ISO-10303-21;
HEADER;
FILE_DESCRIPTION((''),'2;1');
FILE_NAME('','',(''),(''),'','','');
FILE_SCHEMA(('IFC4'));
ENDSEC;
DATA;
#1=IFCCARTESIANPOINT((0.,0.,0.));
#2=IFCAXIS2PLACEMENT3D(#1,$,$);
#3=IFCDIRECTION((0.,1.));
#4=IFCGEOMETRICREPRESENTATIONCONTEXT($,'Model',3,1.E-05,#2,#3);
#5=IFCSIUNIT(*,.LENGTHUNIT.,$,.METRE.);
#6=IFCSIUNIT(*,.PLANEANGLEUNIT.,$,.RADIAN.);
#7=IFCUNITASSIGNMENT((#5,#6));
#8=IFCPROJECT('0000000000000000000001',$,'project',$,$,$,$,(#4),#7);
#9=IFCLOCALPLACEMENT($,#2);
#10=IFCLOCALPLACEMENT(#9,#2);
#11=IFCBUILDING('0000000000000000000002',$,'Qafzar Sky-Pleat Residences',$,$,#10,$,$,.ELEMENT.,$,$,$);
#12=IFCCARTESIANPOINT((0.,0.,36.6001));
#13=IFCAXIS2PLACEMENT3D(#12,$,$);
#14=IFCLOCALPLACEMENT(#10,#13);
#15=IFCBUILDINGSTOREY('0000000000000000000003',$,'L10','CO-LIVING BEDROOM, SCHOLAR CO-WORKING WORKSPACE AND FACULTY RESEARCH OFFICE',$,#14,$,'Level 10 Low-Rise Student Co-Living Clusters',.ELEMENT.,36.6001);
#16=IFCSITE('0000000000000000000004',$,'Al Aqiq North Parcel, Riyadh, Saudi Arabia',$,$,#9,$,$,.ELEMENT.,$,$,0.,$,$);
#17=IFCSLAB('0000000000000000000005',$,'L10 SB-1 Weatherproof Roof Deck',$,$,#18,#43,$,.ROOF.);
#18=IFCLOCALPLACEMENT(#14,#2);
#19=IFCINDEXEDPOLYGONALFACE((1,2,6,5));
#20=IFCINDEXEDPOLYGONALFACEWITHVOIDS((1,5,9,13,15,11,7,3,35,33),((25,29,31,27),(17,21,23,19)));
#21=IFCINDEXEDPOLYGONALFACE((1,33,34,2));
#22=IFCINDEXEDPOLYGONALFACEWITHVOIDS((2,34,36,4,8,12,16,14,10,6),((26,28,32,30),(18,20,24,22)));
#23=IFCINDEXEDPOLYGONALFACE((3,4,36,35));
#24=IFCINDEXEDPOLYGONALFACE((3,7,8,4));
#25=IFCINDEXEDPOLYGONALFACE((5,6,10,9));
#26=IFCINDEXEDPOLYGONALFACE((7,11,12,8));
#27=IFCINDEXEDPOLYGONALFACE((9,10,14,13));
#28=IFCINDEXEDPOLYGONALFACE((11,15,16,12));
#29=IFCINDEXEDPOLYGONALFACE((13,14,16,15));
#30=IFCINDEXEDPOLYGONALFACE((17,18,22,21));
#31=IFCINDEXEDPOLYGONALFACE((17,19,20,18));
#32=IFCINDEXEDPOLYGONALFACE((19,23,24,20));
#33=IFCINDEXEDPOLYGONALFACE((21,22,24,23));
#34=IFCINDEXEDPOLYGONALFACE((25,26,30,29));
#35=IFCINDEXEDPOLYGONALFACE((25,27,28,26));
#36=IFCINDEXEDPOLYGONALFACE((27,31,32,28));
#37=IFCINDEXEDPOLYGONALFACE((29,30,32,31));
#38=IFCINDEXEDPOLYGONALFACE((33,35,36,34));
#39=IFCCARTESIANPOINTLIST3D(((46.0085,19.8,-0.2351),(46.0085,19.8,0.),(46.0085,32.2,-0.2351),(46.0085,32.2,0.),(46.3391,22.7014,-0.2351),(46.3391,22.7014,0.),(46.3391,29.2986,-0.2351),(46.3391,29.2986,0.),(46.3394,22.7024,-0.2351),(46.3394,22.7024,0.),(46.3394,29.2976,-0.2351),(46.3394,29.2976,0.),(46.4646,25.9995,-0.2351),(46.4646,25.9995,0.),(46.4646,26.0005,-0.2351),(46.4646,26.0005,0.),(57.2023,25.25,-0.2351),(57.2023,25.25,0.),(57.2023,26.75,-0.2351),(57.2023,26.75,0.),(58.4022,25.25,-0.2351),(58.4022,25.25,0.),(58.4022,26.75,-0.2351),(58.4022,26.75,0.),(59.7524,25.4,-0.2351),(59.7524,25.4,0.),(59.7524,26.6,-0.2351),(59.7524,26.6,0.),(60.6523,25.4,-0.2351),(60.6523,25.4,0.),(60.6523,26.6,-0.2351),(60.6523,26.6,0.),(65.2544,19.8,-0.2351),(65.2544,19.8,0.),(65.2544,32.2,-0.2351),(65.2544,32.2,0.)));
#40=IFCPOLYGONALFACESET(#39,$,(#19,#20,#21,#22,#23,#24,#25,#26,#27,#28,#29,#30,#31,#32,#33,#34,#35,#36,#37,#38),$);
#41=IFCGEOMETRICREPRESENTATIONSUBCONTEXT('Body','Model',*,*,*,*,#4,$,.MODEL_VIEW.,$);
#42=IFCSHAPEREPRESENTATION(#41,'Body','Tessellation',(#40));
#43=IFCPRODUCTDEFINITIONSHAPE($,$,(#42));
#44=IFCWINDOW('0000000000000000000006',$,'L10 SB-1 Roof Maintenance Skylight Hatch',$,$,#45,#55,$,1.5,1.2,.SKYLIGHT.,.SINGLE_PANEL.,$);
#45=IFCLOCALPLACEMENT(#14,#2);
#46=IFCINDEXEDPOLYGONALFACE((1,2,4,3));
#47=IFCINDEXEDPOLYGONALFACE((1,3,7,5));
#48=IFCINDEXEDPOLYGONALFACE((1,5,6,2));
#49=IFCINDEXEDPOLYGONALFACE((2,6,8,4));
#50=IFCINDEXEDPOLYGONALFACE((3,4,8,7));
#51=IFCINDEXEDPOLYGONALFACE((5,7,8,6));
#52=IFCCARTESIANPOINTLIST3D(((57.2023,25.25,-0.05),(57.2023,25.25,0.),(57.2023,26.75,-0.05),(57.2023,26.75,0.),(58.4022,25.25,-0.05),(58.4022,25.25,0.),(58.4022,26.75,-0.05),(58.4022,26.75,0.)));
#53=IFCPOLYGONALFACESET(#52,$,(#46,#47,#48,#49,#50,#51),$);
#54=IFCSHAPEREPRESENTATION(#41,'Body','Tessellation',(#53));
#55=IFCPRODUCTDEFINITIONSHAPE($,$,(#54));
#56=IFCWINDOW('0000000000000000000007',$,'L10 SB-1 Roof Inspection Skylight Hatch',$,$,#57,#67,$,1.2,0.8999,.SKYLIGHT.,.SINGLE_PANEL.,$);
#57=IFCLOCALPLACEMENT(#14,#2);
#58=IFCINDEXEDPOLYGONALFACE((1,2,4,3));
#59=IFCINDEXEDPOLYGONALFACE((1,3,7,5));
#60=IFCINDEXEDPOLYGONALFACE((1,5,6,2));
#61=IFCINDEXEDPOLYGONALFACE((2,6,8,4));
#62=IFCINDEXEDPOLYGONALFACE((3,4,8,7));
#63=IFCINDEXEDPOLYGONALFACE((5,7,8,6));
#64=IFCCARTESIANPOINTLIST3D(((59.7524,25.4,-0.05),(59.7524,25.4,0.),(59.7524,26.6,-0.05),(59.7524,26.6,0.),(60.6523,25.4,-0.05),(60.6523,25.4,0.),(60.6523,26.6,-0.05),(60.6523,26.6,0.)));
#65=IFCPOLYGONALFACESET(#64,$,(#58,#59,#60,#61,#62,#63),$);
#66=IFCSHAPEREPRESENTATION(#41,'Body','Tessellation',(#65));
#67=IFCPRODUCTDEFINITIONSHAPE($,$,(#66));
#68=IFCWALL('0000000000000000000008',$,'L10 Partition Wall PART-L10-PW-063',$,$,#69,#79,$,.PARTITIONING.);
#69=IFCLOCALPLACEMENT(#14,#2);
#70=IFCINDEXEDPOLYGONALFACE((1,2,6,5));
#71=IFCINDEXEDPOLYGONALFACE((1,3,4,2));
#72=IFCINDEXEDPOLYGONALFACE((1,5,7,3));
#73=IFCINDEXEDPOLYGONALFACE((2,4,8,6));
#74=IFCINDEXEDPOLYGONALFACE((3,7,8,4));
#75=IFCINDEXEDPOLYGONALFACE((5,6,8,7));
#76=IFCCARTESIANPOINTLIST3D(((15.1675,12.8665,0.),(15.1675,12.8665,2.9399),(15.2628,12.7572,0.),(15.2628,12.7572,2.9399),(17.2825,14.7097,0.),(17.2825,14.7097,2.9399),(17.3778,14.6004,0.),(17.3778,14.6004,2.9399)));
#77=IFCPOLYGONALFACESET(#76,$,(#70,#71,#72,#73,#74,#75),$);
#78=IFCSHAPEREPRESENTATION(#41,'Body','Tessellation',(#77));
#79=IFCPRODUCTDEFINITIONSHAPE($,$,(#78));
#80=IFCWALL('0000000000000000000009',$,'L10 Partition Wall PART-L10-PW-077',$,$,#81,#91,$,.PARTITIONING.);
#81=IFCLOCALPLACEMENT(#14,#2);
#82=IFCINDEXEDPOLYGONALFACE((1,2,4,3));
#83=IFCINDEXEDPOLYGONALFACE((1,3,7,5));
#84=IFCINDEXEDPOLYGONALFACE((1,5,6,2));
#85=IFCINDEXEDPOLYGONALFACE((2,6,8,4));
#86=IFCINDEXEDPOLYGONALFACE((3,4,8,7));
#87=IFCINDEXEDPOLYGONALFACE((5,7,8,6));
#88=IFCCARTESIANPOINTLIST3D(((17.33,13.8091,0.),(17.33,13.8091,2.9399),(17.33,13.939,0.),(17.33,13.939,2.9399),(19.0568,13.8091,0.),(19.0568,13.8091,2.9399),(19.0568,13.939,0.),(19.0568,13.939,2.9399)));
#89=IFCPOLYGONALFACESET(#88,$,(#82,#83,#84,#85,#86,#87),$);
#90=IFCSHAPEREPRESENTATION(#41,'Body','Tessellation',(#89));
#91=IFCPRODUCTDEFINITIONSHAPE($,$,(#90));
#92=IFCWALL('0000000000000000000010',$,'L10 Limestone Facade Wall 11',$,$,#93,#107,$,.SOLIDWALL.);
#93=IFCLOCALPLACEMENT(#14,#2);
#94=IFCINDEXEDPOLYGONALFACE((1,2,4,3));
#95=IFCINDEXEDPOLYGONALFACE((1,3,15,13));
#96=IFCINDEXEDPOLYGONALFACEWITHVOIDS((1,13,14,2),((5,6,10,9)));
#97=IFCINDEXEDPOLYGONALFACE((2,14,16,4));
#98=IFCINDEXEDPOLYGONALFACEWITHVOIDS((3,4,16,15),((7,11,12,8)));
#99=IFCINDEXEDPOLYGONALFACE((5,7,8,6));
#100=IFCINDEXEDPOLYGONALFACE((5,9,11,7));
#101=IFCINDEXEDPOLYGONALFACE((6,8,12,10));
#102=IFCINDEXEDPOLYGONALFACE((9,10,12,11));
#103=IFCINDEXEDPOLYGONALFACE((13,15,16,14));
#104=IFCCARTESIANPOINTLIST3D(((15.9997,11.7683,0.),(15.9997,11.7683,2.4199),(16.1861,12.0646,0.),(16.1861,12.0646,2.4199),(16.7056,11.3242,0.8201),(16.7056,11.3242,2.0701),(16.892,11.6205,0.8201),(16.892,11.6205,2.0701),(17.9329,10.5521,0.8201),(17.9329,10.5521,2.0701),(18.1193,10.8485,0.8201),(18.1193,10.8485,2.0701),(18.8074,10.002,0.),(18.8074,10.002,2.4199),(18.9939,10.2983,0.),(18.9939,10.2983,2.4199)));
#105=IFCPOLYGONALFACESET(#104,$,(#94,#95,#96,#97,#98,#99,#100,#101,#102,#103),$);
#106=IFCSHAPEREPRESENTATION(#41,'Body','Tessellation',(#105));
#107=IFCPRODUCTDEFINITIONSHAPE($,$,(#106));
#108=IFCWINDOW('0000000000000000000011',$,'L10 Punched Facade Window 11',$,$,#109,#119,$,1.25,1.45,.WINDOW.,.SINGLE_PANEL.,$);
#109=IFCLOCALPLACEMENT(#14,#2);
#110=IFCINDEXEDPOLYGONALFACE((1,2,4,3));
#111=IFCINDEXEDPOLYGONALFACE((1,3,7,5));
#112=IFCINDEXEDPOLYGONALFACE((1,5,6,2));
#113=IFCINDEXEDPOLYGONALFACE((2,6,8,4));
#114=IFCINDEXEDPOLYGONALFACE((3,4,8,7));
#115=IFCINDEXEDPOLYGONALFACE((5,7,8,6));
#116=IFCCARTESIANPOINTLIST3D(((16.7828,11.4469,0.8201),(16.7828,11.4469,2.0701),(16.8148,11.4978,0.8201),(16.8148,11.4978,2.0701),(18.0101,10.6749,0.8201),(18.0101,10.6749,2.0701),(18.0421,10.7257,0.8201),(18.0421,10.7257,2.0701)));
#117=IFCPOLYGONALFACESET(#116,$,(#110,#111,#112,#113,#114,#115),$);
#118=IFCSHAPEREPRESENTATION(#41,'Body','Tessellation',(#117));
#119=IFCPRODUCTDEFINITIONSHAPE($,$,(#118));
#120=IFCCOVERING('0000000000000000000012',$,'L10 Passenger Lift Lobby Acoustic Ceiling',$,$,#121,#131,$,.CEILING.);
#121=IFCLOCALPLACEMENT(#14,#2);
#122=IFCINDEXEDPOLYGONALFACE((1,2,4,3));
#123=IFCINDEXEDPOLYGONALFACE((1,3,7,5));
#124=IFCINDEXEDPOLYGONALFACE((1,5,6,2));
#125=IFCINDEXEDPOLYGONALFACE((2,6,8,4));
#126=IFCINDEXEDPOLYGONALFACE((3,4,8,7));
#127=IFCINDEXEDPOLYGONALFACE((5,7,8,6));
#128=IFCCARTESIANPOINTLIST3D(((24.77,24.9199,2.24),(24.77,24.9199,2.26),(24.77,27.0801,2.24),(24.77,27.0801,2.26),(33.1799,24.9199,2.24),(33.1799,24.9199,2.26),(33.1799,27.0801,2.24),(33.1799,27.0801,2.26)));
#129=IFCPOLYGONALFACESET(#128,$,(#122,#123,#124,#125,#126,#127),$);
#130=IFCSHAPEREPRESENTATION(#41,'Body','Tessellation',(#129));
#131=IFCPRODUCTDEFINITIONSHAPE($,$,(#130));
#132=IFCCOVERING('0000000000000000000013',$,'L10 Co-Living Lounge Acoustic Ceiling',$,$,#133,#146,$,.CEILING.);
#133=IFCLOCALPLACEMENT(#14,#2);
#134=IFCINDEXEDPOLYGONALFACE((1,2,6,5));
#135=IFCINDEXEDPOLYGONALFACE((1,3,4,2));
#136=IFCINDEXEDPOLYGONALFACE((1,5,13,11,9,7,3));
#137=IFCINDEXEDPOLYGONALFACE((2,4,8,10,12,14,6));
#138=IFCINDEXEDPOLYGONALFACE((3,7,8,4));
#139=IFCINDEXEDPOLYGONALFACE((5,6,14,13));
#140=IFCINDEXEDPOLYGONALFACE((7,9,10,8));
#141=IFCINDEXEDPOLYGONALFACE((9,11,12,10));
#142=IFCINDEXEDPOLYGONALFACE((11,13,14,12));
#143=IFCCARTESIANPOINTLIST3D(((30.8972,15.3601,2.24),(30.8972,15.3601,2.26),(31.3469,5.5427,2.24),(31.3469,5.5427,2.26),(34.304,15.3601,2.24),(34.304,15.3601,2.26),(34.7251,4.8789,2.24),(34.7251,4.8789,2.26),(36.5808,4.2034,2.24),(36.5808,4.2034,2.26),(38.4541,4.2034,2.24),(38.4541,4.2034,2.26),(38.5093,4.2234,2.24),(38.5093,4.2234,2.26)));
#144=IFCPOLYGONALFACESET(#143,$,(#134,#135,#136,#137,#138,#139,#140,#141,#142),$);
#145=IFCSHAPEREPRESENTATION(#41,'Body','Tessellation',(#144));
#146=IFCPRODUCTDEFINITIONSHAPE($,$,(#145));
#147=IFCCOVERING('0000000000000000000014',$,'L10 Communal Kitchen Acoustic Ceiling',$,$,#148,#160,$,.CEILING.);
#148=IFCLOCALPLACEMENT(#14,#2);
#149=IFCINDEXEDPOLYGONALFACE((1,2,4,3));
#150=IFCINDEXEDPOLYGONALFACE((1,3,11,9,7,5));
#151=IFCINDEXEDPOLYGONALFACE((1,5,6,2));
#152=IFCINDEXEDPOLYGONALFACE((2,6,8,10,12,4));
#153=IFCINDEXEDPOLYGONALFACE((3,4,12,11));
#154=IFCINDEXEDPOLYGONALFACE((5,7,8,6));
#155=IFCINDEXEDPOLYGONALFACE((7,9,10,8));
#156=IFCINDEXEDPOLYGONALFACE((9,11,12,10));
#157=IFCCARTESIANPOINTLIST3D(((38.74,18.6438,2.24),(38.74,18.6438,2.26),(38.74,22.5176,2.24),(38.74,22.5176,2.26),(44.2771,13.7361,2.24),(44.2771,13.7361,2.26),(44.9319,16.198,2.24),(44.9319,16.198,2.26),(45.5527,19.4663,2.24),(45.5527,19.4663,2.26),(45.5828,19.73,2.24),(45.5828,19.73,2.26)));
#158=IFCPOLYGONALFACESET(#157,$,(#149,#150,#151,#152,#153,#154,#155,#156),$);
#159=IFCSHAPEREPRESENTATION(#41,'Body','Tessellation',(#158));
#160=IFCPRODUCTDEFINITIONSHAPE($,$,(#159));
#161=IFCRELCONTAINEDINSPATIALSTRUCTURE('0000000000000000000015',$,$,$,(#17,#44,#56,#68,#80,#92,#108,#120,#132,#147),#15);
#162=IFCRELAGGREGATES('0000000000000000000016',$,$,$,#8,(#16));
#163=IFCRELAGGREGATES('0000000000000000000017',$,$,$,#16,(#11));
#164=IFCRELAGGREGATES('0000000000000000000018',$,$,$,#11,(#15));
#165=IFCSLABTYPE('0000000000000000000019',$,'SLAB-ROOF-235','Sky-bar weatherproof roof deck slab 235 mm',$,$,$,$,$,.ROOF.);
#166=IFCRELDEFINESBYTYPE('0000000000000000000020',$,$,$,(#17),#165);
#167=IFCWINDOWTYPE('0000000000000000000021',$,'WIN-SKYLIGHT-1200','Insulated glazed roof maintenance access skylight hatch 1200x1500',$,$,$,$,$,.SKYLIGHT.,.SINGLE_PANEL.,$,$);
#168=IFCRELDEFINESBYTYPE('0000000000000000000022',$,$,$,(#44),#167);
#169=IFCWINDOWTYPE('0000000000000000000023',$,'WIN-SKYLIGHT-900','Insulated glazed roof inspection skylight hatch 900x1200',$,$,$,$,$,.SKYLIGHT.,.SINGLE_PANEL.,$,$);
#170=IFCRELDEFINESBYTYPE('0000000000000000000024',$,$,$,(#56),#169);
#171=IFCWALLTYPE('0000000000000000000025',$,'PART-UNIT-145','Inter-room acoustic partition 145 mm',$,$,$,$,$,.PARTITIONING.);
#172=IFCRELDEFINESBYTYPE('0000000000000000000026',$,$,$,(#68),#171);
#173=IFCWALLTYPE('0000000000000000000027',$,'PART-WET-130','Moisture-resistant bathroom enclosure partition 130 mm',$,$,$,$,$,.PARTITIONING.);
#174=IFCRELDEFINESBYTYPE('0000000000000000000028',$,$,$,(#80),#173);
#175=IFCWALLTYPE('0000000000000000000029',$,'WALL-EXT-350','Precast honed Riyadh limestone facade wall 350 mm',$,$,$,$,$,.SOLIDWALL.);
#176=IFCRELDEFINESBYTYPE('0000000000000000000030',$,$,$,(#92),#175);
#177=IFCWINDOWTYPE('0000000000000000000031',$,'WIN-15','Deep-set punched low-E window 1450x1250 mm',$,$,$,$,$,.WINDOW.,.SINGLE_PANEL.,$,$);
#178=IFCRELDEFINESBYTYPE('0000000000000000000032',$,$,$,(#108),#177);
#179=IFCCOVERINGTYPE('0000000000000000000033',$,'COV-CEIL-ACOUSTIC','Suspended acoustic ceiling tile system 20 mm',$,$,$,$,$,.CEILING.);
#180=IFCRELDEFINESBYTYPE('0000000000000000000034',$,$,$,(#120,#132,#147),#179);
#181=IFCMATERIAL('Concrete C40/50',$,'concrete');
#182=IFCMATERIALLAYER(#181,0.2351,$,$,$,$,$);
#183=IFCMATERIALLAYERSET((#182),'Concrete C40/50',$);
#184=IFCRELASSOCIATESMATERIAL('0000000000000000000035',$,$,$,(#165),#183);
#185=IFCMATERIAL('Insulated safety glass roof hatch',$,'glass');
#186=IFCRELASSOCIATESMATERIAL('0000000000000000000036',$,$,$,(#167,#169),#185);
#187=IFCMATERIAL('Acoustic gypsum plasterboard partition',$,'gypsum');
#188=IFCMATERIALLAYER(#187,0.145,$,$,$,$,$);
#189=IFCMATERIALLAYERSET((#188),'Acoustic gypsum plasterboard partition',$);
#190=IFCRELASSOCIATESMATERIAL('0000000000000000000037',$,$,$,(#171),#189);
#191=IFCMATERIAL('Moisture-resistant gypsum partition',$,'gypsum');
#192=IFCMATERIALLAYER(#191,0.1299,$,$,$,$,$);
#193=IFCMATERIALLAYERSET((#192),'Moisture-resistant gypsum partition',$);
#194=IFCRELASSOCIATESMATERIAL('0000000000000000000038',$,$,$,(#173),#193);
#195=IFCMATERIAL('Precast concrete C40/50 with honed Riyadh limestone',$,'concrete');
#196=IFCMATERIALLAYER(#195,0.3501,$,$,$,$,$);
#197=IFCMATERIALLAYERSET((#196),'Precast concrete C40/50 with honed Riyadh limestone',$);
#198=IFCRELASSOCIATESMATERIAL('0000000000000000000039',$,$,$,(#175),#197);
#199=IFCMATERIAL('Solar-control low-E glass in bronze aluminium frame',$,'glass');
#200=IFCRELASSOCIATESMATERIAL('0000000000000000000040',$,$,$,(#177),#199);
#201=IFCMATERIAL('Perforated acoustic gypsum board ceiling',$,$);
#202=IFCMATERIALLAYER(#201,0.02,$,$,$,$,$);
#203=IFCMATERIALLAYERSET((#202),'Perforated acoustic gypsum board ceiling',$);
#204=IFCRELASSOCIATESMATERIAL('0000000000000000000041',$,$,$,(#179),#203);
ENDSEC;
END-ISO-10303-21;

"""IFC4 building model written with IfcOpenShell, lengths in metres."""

from ifc_helpers import new_model, si_unit, direction, frame, frame_2d, origin, origin_2d, place, context, subcontext, project, spatial, polyline, rectangle, outline, extrude, source, transform, mapped, material, layer, layer_set, type_object, element, fill, save


model = new_model("IFC4")

# Units and contexts
model_context = context("Model", 3, precision=1e-05, world=origin(), true_north=direction((0.0, 1.0)))
body_context = subcontext(model_context, "Body", "Model", "MODEL_VIEW")
ifc_project = project(units=[si_unit("LENGTHUNIT", "METRE"), si_unit("PLANEANGLEUNIT", "RADIAN")], contexts=[model_context])

# Site, building, storey
site_placement = place(None, origin())
site = spatial("IfcSite", under=ifc_project, at=site_placement, Name="Al Aqiq North Parcel, Riyadh, Saudi Arabia", CompositionType="ELEMENT", RefElevation=0.0)
building_placement = place(site_placement, origin())
building = spatial("IfcBuilding", under=site, at=building_placement, Name="Qafzar Sky-Pleat Residences", CompositionType="ELEMENT")
storey_placement = place(building_placement, frame((0.0, 0.0, 36.6001)))
storey = spatial("IfcBuildingStorey", under=building, at=storey_placement, Name="L10", Description="CO-LIVING BEDROOM, SCHOLAR CO-WORKING WORKSPACE AND FACULTY RESEARCH OFFICE", LongName="Level 10 Low-Rise Student Co-Living Clusters", CompositionType="ELEMENT", Elevation=36.6001)

# Shared definitions
ifc_material_1 = material(Name="Concrete C40/50", Category="concrete")

# Slab, openings, windows
ifc_layer_1 = layer(ifc_material_1, 0.2351)
ifc_layer_set_1 = layer_set([ifc_layer_1], Name="Concrete C40/50")
slab_type_1 = type_object("IfcSlabType", Name="SLAB-ROOF-235", Description="Sky-bar weatherproof roof deck slab 235 mm", PredefinedType="ROOF", material=ifc_layer_set_1)
slab_1_placement = place(storey_placement, frame((0.0, 0.0, -0.2351)))
slab_1 = element("IfcSlab", 1, at=slab_1_placement, inside=storey, type_object=slab_type_1, Name="L10 SB-1 Weatherproof Roof Deck", PredefinedType="ROOF", context=body_context, shape_type="SweptSolid", body=[
    extrude(outline(polyline([(65.2544, 32.2), (65.2544, 19.8), (46.0085, 19.8), (46.3391, 22.7014), (46.3394, 22.7024), (46.4646, 25.9995), (46.4646, 26.0005), (46.3394, 29.2976), (46.3391, 29.2986), (46.0085, 32.2), (65.2544, 32.2)])), origin(), (0.0, 0.0, 1.0), 0.2351),
])
opening_1_placement = place(slab_1_placement, frame((57.8022, 26.0, -0.01)))
opening_1 = element("IfcOpeningElement", 2, at=opening_1_placement, cuts=slab_1, PredefinedType="OPENING", context=body_context, shape_type="SweptSolid", body=[
    extrude(rectangle(XDim=1.2, YDim=1.5, at=origin_2d()), origin(), (0.0, 0.0, 1.0), 0.2551),
])
opening_2_placement = place(slab_1_placement, frame((60.2024, 26.0, -0.01)))
opening_2 = element("IfcOpeningElement", 3, at=opening_2_placement, cuts=slab_1, PredefinedType="OPENING", context=body_context, shape_type="SweptSolid", body=[
    extrude(rectangle(XDim=0.8999, YDim=1.2, at=origin_2d()), origin(), (0.0, 0.0, 1.0), 0.2551),
])
ifc_material_2 = material(Name="Insulated safety glass roof hatch", Category="glass")
window_type_1 = type_object("IfcWindowType", Name="WIN-SKYLIGHT-1200", Description="Insulated glazed roof maintenance access skylight hatch 1200x1500", PartitioningType="SINGLE_PANEL", PredefinedType="SKYLIGHT", material=ifc_material_2)
window_1_placement = place(slab_1_placement, frame((57.8022, 26.0, 0.1851)))
window_1 = element("IfcWindow", 4, at=window_1_placement, inside=storey, type_object=window_type_1, Name="L10 SB-1 Roof Maintenance Skylight Hatch", OverallHeight=1.5, OverallWidth=1.2, PartitioningType="SINGLE_PANEL", PredefinedType="SKYLIGHT", context=body_context, shape_type="SweptSolid", body=[
    extrude(rectangle(XDim=1.2, YDim=1.5, at=origin_2d()), origin(), (0.0, 0.0, 1.0), 0.05),
])
fill(opening_1, window_1)
window_type_2 = type_object("IfcWindowType", Name="WIN-SKYLIGHT-900", Description="Insulated glazed roof inspection skylight hatch 900x1200", PartitioningType="SINGLE_PANEL", PredefinedType="SKYLIGHT", material=ifc_material_2)
window_2_placement = place(slab_1_placement, frame((60.2024, 26.0, 0.1851)))
window_2 = element("IfcWindow", 5, at=window_2_placement, inside=storey, type_object=window_type_2, Name="L10 SB-1 Roof Inspection Skylight Hatch", OverallHeight=1.2, OverallWidth=0.8999, PartitioningType="SINGLE_PANEL", PredefinedType="SKYLIGHT", context=body_context, shape_type="SweptSolid", body=[
    extrude(rectangle(XDim=0.8999, YDim=1.2, at=origin_2d()), origin(), (0.0, 0.0, 1.0), 0.05),
])
fill(opening_2, window_2)

# Walls
ifc_material_3 = material(Name="Acoustic gypsum plasterboard partition", Category="gypsum")
ifc_layer_2 = layer(ifc_material_3, 0.145)
ifc_layer_set_2 = layer_set([ifc_layer_2], Name="Acoustic gypsum plasterboard partition")
wall_type_1 = type_object("IfcWallType", Name="PART-UNIT-145", Description="Inter-room acoustic partition 145 mm", PredefinedType="PARTITIONING", material=ifc_layer_set_2)
wall_1_placement = place(storey_placement, frame((15.2151, 12.8118, 0.0), z_axis=(0.0, 0.0, 1.0), x_axis=(0.753874, 0.657019, 0.0)))
element("IfcWall", 6, at=wall_1_placement, inside=storey, type_object=wall_type_1, Name="L10 Partition Wall PART-L10-PW-063", PredefinedType="PARTITIONING", context=body_context, shape_type="SweptSolid", body=[
    extrude(rectangle(XDim=2.8054, YDim=0.145, at=frame_2d((1.4028, 0.0))), origin(), (0.0, 0.0, 1.0), 2.9399),
])
ifc_material_4 = material(Name="Moisture-resistant gypsum partition", Category="gypsum")
ifc_layer_3 = layer(ifc_material_4, 0.1299)
ifc_layer_set_3 = layer_set([ifc_layer_3], Name="Moisture-resistant gypsum partition")
wall_type_2 = type_object("IfcWallType", Name="PART-WET-130", Description="Moisture-resistant bathroom enclosure partition 130 mm", PredefinedType="PARTITIONING", material=ifc_layer_set_3)
wall_2_placement = place(storey_placement, frame((17.3301, 13.874, 0.0), z_axis=(0.0, 0.0, 1.0), x_axis=(1.0, 0.0, 0.0)))
element("IfcWall", 7, at=wall_2_placement, inside=storey, type_object=wall_type_2, Name="L10 Partition Wall PART-L10-PW-077", PredefinedType="PARTITIONING", context=body_context, shape_type="SweptSolid", body=[
    extrude(rectangle(XDim=1.7268, YDim=0.1299, at=frame_2d((0.8633, 0.0))), origin(), (0.0, 0.0, 1.0), 2.9399),
])

# Wall, opening, window
ifc_material_5 = material(Name="Precast concrete C40/50 with honed Riyadh limestone", Category="concrete")
ifc_layer_4 = layer(ifc_material_5, 0.3501)
ifc_layer_set_4 = layer_set([ifc_layer_4], Name="Precast concrete C40/50 with honed Riyadh limestone")
wall_type_3 = type_object("IfcWallType", Name="WALL-EXT-350", Description="Precast honed Riyadh limestone facade wall 350 mm", PredefinedType="SOLIDWALL", material=ifc_layer_set_4)
wall_3_placement = place(storey_placement, frame((16.0928, 11.9165, 0.0), z_axis=(0.0, 0.0, 1.0), x_axis=(0.846444, -0.532477, 0.0)))
wall_3 = element("IfcWall", 8, at=wall_3_placement, inside=storey, type_object=wall_type_3, Name="L10 Limestone Facade Wall 11", PredefinedType="SOLIDWALL", context=body_context, shape_type="SweptSolid", body=[
    extrude(rectangle(XDim=3.3171, YDim=0.3501, at=frame_2d((1.6587, 0.0))), origin(), (0.0, 0.0, 1.0), 2.4199),
])
opening_3_placement = place(wall_3_placement, frame((0.834, 0.0, 0.8201)))
opening_3 = element("IfcOpeningElement", 9, at=opening_3_placement, cuts=wall_3, PredefinedType="OPENING", context=body_context, shape_type="SweptSolid", body=[
    extrude(rectangle(XDim=1.45, YDim=1.25, at=frame_2d((0.7251, 0.625))), frame((0.0, 0.1851, 0.0), z_axis=(0.0, -1.0, 0.0), x_axis=(1.0, 0.0, 0.0)), (0.0, 0.0, 1.0), 0.3701),
])
ifc_material_6 = material(Name="Solar-control low-E glass in bronze aluminium frame", Category="glass")
window_type_3 = type_object("IfcWindowType", Name="WIN-15", Description="Deep-set punched low-E window 1450x1250 mm", PartitioningType="SINGLE_PANEL", PredefinedType="WINDOW", material=ifc_material_6)
shared_shape_1 = source(origin(), body_context, "Body", "SweptSolid", [
    extrude(rectangle(XDim=1.45, YDim=1.25, at=frame_2d((0.7251, 0.625))), frame((0.0, 0.03, 0.0), z_axis=(0.0, -1.0, 0.0), x_axis=(1.0, 0.0, 0.0)), (0.0, 0.0, 1.0), 0.0601),
])
window_3_placement = place(opening_3_placement, origin())
window_3 = element("IfcWindow", 10, at=window_3_placement, inside=storey, type_object=window_type_3, Name="L10 Punched Facade Window 11", OverallHeight=1.25, OverallWidth=1.45, PartitioningType="SINGLE_PANEL", PredefinedType="WINDOW", context=body_context, shape_type="MappedRepresentation", body=[
    mapped(shared_shape_1, transform((0.0, 0.0, 0.0), x_axis=(1.0, 0.0, 0.0), y_axis=(0.0, 1.0, 0.0), z_axis=(0.0, 0.0, 1.0), scale=1.0)),
])
fill(opening_3, window_3)

# Coverings
ifc_material_7 = material(Name="Perforated acoustic gypsum board ceiling")
ifc_layer_5 = layer(ifc_material_7, 0.02)
ifc_layer_set_5 = layer_set([ifc_layer_5], Name="Perforated acoustic gypsum board ceiling")
covering_type_1 = type_object("IfcCoveringType", Name="COV-CEIL-ACOUSTIC", Description="Suspended acoustic ceiling tile system 20 mm", PredefinedType="CEILING", material=ifc_layer_set_5)
covering_1_placement = place(storey_placement, frame((0.0, 0.0, 2.24)))
element("IfcCovering", 11, at=covering_1_placement, inside=storey, type_object=covering_type_1, Name="L10 Passenger Lift Lobby Acoustic Ceiling", PredefinedType="CEILING", context=body_context, shape_type="SweptSolid", body=[
    extrude(outline(polyline([(33.1799, 24.9199), (24.77, 24.9199), (24.77, 27.0801), (33.1799, 27.0801), (33.1799, 24.9199)])), origin(), (0.0, 0.0, 1.0), 0.02),
])
covering_2_placement = place(storey_placement, frame((0.0, 0.0, 2.24)))
element("IfcCovering", 12, at=covering_2_placement, inside=storey, type_object=covering_type_1, Name="L10 Co-Living Lounge Acoustic Ceiling", PredefinedType="CEILING", context=body_context, shape_type="SweptSolid", body=[
    extrude(outline(polyline([(38.4541, 4.2034), (36.5808, 4.2034), (34.7251, 4.8789), (31.3469, 5.5427), (30.8972, 15.3601), (34.304, 15.3601), (38.5093, 4.2234), (38.4541, 4.2034)])), origin(), (0.0, 0.0, 1.0), 0.02),
])
covering_3_placement = place(storey_placement, frame((0.0, 0.0, 2.24)))
element("IfcCovering", 13, at=covering_3_placement, inside=storey, type_object=covering_type_1, Name="L10 Communal Kitchen Acoustic Ceiling", PredefinedType="CEILING", context=body_context, shape_type="SweptSolid", body=[
    extrude(outline(polyline([(45.5527, 19.4663), (44.9319, 16.198), (44.2771, 13.7361), (38.74, 18.6438), (38.74, 22.5176), (45.5828, 19.73), (45.5527, 19.4663)])), origin(), (0.0, 0.0, 1.0), 0.02),
])

save(model, "model.ifc")
